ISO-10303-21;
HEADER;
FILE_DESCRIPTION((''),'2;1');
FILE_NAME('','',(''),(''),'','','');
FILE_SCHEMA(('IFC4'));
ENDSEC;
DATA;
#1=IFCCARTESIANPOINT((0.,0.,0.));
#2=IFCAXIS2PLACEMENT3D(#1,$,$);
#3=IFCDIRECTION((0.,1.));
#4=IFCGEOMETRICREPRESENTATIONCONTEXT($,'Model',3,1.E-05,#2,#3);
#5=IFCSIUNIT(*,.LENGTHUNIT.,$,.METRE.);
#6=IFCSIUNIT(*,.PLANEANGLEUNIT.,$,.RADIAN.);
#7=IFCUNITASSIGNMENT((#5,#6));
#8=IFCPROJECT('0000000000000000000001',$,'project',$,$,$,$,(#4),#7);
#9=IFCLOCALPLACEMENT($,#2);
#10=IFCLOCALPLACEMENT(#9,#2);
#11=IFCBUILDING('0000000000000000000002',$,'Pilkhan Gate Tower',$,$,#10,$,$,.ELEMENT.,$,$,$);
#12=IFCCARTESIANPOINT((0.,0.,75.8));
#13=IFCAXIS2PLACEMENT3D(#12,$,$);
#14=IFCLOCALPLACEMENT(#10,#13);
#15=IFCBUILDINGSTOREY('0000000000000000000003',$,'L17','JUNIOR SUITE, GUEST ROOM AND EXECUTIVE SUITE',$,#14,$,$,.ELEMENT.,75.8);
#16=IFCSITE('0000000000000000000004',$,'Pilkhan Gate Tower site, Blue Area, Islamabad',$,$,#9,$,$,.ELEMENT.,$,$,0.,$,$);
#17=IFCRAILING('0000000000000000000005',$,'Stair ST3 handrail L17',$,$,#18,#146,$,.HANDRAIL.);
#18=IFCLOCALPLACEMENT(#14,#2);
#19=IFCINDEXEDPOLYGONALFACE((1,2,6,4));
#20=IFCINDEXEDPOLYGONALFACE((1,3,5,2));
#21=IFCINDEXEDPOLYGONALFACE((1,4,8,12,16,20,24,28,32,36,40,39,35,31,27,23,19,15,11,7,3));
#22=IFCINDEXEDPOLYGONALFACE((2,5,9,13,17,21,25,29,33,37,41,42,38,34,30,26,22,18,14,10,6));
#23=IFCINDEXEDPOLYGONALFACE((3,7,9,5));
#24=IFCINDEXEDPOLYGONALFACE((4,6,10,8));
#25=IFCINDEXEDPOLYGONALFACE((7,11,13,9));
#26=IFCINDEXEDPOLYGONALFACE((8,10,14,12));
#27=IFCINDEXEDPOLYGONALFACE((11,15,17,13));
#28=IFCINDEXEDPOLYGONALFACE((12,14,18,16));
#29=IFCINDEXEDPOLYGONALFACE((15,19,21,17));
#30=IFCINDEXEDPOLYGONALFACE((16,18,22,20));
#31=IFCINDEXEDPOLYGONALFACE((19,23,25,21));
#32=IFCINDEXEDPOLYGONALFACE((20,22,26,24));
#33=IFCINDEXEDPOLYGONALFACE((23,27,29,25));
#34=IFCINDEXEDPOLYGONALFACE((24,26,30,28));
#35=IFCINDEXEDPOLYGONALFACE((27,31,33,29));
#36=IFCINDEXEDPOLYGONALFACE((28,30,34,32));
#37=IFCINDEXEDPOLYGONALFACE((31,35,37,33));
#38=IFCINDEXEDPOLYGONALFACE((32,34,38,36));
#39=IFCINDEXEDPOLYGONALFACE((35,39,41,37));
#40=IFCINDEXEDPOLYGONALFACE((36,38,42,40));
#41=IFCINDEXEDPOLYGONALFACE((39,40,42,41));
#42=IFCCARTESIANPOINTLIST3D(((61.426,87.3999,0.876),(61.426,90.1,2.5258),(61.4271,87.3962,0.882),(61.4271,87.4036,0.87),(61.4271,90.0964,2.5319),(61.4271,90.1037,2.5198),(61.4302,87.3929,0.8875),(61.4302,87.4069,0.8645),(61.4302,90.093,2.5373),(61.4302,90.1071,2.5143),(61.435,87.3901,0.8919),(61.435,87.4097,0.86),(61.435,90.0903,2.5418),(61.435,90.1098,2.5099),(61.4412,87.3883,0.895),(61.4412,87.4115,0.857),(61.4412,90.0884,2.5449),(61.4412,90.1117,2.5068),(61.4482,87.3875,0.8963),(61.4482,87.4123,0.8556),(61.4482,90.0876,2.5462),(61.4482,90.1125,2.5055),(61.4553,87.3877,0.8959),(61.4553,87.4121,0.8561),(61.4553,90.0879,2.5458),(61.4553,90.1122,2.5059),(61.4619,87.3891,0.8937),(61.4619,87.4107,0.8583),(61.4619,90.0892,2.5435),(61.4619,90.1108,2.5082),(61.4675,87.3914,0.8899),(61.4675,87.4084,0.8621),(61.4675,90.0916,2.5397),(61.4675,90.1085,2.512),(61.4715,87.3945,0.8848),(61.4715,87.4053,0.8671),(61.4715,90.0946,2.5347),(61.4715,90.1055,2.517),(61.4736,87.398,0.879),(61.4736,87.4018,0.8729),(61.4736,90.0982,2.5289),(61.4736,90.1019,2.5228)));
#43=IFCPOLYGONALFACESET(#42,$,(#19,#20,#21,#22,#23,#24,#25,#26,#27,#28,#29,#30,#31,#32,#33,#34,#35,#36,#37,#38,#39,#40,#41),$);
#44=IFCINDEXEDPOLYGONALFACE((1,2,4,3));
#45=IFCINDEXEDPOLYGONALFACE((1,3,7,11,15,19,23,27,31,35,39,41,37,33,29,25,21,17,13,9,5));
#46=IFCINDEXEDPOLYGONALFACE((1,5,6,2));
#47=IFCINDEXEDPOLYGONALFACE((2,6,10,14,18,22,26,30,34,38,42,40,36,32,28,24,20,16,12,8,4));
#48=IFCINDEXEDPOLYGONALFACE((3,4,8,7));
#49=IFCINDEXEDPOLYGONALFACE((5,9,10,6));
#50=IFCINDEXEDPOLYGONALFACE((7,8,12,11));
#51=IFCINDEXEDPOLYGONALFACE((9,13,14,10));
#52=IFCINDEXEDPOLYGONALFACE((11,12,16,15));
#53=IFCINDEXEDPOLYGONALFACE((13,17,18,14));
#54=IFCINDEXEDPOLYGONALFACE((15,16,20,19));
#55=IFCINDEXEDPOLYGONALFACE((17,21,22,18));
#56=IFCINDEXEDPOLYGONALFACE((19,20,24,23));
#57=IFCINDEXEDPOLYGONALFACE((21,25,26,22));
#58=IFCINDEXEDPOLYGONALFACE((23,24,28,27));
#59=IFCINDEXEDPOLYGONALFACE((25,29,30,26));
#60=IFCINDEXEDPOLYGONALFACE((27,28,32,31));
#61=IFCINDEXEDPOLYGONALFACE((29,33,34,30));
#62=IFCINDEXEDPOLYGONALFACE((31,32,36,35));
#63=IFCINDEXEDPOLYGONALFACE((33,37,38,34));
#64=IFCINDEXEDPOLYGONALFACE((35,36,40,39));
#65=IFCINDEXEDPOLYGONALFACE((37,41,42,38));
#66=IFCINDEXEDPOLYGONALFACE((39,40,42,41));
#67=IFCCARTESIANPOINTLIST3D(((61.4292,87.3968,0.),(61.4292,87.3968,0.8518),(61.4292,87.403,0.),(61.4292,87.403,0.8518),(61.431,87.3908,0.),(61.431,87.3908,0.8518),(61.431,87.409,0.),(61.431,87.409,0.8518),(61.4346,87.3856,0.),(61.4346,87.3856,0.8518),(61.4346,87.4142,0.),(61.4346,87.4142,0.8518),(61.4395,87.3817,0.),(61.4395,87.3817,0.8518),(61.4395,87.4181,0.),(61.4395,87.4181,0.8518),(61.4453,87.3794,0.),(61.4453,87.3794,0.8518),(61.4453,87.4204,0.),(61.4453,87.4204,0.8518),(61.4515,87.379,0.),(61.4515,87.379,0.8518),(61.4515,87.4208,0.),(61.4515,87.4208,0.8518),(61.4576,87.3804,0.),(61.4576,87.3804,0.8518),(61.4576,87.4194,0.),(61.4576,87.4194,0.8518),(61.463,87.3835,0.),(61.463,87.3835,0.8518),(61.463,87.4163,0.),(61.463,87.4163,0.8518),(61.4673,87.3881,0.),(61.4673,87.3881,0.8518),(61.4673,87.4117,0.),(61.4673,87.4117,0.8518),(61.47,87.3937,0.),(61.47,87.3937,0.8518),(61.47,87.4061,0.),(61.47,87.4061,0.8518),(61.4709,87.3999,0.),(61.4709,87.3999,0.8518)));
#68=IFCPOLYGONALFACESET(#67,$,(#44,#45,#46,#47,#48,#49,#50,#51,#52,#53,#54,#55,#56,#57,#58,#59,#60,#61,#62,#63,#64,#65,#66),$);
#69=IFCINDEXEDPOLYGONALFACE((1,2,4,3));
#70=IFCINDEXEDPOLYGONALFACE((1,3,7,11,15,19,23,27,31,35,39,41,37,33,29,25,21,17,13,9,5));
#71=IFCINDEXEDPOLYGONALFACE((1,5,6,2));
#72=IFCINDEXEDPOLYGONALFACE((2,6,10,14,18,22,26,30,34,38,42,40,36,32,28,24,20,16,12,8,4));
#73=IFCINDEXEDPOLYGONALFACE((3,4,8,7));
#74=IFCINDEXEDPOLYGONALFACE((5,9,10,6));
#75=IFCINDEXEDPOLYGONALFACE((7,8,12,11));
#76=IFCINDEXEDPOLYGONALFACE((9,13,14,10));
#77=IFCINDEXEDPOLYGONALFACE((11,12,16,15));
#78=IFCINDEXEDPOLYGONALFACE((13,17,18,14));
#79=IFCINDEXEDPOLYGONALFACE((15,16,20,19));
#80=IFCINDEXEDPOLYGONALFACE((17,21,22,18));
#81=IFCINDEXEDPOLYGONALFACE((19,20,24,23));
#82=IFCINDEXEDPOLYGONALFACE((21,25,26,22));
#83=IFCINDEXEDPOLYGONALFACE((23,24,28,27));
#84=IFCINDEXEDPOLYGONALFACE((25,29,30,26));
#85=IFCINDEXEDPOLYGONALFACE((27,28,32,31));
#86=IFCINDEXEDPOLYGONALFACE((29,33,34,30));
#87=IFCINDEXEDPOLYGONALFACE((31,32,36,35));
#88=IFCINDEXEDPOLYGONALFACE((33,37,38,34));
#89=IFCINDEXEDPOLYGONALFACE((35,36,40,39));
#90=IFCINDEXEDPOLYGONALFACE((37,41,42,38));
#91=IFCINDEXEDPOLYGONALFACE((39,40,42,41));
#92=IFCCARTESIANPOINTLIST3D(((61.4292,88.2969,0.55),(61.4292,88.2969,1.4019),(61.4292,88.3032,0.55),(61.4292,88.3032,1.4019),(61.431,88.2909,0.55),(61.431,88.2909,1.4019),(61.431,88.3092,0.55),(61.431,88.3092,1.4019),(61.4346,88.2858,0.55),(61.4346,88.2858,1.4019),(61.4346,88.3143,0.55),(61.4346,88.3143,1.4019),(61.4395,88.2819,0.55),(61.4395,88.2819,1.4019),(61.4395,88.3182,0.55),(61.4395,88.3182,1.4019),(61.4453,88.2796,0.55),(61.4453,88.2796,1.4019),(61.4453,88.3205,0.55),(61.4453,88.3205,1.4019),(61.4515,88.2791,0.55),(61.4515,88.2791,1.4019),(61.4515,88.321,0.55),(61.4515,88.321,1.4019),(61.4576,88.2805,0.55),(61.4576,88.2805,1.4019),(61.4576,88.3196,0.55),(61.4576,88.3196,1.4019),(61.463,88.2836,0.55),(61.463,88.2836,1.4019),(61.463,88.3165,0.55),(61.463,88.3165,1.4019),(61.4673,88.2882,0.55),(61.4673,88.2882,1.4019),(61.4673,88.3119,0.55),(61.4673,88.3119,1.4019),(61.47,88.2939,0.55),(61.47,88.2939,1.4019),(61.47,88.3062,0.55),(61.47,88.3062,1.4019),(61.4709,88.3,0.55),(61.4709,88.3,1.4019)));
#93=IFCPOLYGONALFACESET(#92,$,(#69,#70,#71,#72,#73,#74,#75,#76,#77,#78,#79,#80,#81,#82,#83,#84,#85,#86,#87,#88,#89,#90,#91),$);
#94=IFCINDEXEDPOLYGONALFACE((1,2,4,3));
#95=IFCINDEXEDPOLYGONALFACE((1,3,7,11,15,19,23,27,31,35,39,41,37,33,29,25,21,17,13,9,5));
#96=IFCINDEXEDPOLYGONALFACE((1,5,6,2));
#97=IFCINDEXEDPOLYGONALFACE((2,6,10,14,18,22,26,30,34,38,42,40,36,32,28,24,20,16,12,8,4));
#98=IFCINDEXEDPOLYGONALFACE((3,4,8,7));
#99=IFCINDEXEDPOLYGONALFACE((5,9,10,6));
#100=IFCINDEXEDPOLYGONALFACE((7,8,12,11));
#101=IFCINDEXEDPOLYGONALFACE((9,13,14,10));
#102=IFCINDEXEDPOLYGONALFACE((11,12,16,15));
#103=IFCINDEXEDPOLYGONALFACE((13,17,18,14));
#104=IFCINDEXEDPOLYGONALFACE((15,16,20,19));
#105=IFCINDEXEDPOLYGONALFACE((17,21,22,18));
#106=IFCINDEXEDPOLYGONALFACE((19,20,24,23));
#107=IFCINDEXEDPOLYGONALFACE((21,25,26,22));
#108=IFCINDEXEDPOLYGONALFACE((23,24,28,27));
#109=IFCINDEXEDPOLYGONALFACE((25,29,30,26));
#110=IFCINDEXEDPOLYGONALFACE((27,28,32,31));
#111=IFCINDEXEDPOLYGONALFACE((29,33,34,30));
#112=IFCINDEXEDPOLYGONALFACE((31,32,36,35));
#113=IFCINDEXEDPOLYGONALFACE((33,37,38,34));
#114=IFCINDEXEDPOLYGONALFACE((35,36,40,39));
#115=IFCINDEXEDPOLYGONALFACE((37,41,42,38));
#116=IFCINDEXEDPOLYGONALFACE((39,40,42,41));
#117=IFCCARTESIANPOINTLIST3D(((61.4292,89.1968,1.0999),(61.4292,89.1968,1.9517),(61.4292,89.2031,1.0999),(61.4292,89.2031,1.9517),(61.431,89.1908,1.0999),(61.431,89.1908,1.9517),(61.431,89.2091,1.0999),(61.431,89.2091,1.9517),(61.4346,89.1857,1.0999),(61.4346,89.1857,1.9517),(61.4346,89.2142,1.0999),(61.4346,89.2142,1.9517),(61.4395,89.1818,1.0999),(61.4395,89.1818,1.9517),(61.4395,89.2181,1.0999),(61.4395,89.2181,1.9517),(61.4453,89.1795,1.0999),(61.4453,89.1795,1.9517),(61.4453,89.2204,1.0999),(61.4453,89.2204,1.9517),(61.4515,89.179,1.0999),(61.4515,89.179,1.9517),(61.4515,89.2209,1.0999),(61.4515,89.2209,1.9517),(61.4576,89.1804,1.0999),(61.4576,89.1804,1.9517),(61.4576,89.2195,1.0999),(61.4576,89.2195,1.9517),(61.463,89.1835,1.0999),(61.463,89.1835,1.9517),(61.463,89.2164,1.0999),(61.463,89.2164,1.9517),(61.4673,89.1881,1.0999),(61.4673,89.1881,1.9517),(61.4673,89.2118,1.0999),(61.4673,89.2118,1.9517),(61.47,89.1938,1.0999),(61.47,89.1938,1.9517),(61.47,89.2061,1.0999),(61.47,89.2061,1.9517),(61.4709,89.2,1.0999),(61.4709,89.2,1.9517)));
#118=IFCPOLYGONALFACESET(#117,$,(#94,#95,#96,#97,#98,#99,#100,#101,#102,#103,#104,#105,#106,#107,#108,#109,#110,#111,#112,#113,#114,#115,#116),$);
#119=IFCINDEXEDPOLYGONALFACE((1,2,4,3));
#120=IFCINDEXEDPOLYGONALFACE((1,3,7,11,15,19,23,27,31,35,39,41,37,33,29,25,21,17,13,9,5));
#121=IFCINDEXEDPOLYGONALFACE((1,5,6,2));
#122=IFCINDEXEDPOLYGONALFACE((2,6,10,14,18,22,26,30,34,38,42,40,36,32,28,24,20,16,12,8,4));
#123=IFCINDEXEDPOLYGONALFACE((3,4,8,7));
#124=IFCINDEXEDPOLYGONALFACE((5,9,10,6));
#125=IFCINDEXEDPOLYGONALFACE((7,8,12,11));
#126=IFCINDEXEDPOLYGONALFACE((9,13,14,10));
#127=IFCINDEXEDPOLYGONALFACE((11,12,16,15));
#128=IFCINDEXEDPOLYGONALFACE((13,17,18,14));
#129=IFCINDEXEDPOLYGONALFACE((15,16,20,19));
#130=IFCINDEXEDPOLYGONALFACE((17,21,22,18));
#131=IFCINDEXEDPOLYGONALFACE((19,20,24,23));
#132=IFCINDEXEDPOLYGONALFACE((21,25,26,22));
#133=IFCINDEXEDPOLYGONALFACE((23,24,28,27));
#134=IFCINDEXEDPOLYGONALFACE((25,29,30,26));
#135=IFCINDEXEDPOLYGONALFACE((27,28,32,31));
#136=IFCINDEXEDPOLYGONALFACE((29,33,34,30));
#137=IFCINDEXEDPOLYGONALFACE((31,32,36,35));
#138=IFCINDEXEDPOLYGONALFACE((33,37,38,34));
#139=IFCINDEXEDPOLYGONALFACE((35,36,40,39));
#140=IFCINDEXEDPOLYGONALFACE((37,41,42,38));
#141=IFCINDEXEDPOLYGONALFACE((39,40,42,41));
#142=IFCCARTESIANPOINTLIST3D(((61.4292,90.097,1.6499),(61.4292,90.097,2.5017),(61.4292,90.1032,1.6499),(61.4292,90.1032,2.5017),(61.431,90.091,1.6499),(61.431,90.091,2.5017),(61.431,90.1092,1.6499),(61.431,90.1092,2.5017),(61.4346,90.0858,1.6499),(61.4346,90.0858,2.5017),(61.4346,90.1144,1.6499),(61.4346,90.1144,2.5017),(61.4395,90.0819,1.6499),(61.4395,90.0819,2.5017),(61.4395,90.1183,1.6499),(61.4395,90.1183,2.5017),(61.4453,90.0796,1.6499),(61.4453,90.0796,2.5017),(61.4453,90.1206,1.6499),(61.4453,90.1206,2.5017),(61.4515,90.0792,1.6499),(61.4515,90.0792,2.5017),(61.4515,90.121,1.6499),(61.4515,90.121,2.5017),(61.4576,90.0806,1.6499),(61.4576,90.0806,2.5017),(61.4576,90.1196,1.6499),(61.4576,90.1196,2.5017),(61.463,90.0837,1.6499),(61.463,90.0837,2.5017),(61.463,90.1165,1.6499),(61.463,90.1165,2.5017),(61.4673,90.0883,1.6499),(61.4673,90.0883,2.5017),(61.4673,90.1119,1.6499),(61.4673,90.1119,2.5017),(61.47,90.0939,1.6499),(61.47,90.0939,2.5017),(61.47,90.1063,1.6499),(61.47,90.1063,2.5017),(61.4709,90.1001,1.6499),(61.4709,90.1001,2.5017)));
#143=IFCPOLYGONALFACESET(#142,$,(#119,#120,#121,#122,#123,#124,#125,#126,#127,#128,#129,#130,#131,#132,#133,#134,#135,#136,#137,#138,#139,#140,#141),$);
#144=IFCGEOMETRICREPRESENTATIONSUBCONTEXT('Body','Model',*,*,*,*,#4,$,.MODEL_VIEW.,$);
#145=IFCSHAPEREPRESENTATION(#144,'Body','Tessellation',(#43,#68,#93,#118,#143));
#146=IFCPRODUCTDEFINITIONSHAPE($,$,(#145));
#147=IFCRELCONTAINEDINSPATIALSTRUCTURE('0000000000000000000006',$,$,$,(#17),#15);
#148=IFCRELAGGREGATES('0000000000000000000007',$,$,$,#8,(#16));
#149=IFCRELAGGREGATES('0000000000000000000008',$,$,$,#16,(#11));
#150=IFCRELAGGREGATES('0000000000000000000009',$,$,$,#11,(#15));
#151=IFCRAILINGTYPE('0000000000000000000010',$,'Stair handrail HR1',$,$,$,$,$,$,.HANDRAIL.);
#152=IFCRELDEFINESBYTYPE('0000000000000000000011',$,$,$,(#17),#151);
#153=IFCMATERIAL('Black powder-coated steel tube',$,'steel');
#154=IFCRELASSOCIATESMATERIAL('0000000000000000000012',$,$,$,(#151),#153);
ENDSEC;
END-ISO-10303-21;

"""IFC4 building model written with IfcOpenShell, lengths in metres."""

from ifc_helpers import new_model, si_unit, direction, frame, origin, origin_2d, place, context, subcontext, project, spatial, circle, extrude, material, type_object, element, save


model = new_model("IFC4")

# Units and contexts
model_context = context("Model", 3, precision=1e-05, world=origin(), true_north=direction((0.0, 1.0)))
body_context = subcontext(model_context, "Body", "Model", "MODEL_VIEW")
ifc_project = project(units=[si_unit("LENGTHUNIT", "METRE"), si_unit("PLANEANGLEUNIT", "RADIAN")], contexts=[model_context])

# Site, building, storey
site_placement = place(None, origin())
site = spatial("IfcSite", under=ifc_project, at=site_placement, Name="Pilkhan Gate Tower site, Blue Area, Islamabad", CompositionType="ELEMENT", RefElevation=0.0)
building_placement = place(site_placement, origin())
building = spatial("IfcBuilding", under=site, at=building_placement, Name="Pilkhan Gate Tower", CompositionType="ELEMENT")
storey_placement = place(building_placement, frame((0.0, 0.0, 75.8)))
storey = spatial("IfcBuildingStorey", under=building, at=storey_placement, Name="L17", Description="JUNIOR SUITE, GUEST ROOM AND EXECUTIVE SUITE", CompositionType="ELEMENT", Elevation=75.8)

# Railing
ifc_material_1 = material(Name="Black powder-coated steel tube", Category="steel")
railing_type_1 = type_object("IfcRailingType", Name="Stair handrail HR1", PredefinedType="HANDRAIL", material=ifc_material_1)
railing_1_placement = place(storey_placement, frame((61.45, 87.3999, 0.0)))
element("IfcRailing", 1, at=railing_1_placement, inside=storey, type_object=railing_type_1, Name="Stair ST3 handrail L17", PredefinedType="HANDRAIL", context=body_context, shape_type="SweptSolid", body=[
    extrude(circle(Radius=0.0239, at=origin_2d()), frame((0.0, 0.0, 0.876), z_axis=(0.0, 0.853312, 0.5214), x_axis=(-1.0, 0.0, 0.0)), (0.0, 0.0, 1.0), 3.1643),
    extrude(circle(Radius=0.021, at=origin_2d()), origin(), (0.0, 0.0, 1.0), 0.8518),
    extrude(circle(Radius=0.021, at=origin_2d()), frame((0.0, 0.9001, 0.55)), (0.0, 0.0, 1.0), 0.8518),
    extrude(circle(Radius=0.021, at=origin_2d()), frame((0.0, 1.8, 1.0999)), (0.0, 0.0, 1.0), 0.8518),
    extrude(circle(Radius=0.021, at=origin_2d()), frame((0.0, 2.7002, 1.6499)), (0.0, 0.0, 1.0), 0.8518),
])

save(model, "model.ifc")
